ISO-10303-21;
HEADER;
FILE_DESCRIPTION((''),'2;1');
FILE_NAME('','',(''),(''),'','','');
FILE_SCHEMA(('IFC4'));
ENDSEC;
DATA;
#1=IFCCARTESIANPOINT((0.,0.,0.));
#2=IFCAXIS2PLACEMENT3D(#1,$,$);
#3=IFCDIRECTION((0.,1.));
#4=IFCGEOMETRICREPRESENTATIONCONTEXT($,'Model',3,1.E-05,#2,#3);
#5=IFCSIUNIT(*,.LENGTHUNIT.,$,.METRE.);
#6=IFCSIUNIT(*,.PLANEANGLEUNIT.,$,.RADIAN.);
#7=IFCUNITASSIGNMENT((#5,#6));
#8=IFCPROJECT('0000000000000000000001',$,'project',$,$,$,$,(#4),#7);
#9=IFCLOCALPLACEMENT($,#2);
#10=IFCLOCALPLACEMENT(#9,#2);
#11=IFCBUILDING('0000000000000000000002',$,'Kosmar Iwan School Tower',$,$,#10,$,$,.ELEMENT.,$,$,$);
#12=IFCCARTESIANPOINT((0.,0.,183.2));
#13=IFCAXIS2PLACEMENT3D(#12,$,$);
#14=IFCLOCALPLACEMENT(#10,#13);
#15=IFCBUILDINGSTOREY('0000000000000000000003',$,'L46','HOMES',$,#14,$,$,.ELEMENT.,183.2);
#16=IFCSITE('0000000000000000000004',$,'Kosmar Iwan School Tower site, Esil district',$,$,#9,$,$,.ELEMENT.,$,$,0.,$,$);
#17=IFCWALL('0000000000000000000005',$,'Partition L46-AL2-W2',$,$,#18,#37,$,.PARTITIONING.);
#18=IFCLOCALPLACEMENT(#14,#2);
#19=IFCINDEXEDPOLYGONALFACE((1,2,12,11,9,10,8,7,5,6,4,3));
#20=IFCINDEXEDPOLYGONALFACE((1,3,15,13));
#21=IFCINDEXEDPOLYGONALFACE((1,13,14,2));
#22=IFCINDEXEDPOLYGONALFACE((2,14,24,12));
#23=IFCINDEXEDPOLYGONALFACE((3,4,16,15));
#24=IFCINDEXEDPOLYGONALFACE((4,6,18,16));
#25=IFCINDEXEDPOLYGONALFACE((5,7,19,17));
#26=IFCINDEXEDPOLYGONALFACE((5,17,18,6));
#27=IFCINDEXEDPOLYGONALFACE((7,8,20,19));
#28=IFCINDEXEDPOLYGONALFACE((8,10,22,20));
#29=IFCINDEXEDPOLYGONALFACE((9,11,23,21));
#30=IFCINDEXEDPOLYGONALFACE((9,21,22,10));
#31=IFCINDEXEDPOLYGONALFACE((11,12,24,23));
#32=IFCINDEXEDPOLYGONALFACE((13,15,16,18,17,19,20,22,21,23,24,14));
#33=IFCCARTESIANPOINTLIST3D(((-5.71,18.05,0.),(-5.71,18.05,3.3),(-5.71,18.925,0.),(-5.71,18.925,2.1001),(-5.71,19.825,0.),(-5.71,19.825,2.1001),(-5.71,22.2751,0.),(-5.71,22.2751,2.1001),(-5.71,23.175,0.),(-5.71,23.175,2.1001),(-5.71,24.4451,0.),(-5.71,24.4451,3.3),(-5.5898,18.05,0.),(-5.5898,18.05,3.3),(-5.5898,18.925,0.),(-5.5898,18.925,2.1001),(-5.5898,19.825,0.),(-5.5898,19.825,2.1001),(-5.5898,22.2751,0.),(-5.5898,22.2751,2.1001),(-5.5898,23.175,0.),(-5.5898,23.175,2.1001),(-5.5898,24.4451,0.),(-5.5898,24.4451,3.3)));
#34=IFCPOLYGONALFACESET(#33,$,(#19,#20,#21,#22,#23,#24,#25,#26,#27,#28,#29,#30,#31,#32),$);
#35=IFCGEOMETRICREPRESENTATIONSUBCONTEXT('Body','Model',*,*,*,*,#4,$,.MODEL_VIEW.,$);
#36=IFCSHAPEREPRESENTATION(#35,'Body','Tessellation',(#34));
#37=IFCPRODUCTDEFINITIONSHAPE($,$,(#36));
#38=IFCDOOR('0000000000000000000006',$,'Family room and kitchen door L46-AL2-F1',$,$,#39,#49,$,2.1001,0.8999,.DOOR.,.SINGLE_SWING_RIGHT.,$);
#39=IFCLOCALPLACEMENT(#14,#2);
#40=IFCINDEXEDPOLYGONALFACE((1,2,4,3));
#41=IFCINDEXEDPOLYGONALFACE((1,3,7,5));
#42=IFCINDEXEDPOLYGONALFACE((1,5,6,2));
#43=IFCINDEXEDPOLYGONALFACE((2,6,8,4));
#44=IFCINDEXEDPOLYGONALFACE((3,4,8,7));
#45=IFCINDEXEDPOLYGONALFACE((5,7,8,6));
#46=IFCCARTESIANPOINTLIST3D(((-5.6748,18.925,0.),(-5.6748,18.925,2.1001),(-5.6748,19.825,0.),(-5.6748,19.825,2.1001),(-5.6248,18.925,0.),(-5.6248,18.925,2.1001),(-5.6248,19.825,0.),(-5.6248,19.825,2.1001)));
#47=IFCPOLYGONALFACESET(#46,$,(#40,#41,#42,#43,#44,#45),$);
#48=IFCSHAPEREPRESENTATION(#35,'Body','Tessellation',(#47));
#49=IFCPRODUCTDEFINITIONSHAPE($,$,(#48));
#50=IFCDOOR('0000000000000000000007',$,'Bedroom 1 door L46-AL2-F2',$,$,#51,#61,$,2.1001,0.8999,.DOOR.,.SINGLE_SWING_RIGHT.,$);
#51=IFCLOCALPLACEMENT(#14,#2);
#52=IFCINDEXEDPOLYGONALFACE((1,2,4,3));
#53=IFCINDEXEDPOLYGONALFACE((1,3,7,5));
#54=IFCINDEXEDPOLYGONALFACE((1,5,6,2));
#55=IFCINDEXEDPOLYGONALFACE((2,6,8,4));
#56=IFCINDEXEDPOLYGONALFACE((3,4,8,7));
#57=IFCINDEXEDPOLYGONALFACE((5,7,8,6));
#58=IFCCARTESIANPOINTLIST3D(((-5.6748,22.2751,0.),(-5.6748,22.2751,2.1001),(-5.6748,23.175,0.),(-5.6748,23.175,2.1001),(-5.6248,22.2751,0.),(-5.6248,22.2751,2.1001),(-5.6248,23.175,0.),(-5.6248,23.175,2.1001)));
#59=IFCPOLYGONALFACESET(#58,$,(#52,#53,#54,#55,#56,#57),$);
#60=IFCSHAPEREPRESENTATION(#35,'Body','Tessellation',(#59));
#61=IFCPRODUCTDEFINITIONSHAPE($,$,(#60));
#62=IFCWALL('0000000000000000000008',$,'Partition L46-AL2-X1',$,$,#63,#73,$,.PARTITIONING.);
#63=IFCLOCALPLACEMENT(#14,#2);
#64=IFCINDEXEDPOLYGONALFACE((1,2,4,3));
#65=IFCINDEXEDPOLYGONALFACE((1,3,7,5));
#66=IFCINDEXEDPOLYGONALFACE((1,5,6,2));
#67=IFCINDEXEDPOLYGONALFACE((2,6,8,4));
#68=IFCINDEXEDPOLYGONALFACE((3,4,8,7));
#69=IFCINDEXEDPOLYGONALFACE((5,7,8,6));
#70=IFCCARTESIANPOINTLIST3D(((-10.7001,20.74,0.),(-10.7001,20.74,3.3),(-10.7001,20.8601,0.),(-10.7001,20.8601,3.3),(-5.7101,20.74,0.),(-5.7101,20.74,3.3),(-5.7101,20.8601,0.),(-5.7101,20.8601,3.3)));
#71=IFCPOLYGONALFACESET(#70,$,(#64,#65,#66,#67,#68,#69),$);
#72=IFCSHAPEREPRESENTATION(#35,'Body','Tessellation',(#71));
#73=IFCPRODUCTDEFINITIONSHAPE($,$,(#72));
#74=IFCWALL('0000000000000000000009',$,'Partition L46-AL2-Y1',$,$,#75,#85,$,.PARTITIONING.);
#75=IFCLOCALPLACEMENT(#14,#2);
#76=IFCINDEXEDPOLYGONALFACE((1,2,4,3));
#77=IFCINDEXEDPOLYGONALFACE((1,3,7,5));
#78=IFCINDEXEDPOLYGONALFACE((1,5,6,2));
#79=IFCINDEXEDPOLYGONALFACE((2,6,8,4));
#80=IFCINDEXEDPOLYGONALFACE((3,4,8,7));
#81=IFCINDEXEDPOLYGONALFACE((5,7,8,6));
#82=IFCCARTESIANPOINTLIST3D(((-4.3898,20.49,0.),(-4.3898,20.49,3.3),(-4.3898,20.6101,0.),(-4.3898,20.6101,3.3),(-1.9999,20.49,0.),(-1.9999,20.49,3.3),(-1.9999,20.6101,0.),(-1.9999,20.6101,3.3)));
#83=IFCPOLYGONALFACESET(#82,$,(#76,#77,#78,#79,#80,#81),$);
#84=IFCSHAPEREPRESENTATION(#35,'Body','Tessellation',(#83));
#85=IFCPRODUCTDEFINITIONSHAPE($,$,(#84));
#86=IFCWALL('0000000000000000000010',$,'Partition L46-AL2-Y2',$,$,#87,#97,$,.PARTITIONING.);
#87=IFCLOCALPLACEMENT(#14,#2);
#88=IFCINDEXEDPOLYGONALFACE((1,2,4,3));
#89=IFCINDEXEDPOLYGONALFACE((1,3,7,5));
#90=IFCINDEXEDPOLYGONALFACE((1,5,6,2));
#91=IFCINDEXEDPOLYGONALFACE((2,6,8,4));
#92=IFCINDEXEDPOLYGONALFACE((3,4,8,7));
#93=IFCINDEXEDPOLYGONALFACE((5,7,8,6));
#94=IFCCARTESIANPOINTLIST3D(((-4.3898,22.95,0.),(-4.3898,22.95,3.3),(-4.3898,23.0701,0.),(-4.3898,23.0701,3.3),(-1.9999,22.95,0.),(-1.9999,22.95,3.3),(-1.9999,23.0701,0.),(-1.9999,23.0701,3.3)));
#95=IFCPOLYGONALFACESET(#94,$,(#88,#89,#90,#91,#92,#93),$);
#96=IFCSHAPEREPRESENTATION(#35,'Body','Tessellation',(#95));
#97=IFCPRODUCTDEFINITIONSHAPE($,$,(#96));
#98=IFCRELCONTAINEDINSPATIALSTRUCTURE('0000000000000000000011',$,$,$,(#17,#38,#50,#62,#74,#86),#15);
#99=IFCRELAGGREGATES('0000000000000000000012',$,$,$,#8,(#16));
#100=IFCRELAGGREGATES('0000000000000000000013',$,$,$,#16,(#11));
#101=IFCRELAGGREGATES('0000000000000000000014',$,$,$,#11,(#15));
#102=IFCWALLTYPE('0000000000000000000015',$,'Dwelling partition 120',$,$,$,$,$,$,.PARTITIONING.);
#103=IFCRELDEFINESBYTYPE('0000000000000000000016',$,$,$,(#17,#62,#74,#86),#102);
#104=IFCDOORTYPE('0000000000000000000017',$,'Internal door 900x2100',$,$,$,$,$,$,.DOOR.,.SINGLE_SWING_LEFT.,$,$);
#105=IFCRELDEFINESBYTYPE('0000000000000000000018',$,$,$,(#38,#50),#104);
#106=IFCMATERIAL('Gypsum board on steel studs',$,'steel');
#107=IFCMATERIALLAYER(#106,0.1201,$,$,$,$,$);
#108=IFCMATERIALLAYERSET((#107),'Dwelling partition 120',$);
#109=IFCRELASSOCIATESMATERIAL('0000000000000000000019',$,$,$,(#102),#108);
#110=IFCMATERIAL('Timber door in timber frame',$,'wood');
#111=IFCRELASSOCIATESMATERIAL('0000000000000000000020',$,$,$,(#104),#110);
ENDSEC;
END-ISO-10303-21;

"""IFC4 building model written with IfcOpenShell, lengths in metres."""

from ifc_helpers import new_model, si_unit, direction, frame, frame_2d, origin, place, context, subcontext, project, spatial, rectangle, extrude, material, layer, layer_set, type_object, element, fill, save


model = new_model("IFC4")

# Units and contexts
model_context = context("Model", 3, precision=1e-05, world=origin(), true_north=direction((0.0, 1.0)))
body_context = subcontext(model_context, "Body", "Model", "MODEL_VIEW")
ifc_project = project(units=[si_unit("LENGTHUNIT", "METRE"), si_unit("PLANEANGLEUNIT", "RADIAN")], contexts=[model_context])

# Site, building, storey
site_placement = place(None, origin())
site = spatial("IfcSite", under=ifc_project, at=site_placement, Name="Kosmar Iwan School Tower site, Esil district", CompositionType="ELEMENT", RefElevation=0.0)
building_placement = place(site_placement, origin())
building = spatial("IfcBuilding", under=site, at=building_placement, Name="Kosmar Iwan School Tower", CompositionType="ELEMENT")
storey_placement = place(building_placement, frame((0.0, 0.0, 183.2)))
storey = spatial("IfcBuildingStorey", under=building, at=storey_placement, Name="L46", Description="HOMES", CompositionType="ELEMENT", Elevation=183.2)

# Wall, openings, doors
ifc_material_1 = material(Name="Gypsum board on steel studs", Category="steel")
ifc_layer_1 = layer(ifc_material_1, 0.1201)
ifc_layer_set_1 = layer_set([ifc_layer_1], Name="Dwelling partition 120")
wall_type = type_object("IfcWallType", Name="Dwelling partition 120", PredefinedType="PARTITIONING", material=ifc_layer_set_1)
ifc_material_2 = material(Name="Timber door in timber frame", Category="wood")
door_type_1 = type_object("IfcDoorType", Name="Internal door 900x2100", OperationType="SINGLE_SWING_LEFT", PredefinedType="DOOR", material=ifc_material_2)
wall_1_placement = place(storey_placement, frame((-5.6499, 18.05, 0.0), z_axis=(0.0, 0.0, 1.0), x_axis=(0.0, 1.0, 0.0)))
wall_1 = element("IfcWall", 1, at=wall_1_placement, inside=storey, type_object=wall_type, Name="Partition L46-AL2-W2", PredefinedType="PARTITIONING", context=body_context, shape_type="SweptSolid", body=[
    extrude(rectangle(XDim=6.395, YDim=0.1201, at=frame_2d((3.1975, 0.0))), origin(), (0.0, 0.0, 1.0), 3.3),
])
opening_1_placement = place(wall_1_placement, frame((0.875, 0.0, 0.0)))
opening_1 = element("IfcOpeningElement", 2, at=opening_1_placement, cuts=wall_1, PredefinedType="OPENING", context=body_context, shape_type="SweptSolid", body=[
    extrude(rectangle(XDim=0.8999, YDim=2.1001, at=frame_2d((0.45, 1.05))), frame((0.0, 0.072, 0.0), z_axis=(0.0, -1.0, 0.0), x_axis=(1.0, 0.0, 0.0)), (0.0, 0.0, 1.0), 0.144),
])
opening_2_placement = place(wall_1_placement, frame((4.2251, 0.0, 0.0)))
opening_2 = element("IfcOpeningElement", 3, at=opening_2_placement, cuts=wall_1, PredefinedType="OPENING", context=body_context, shape_type="SweptSolid", body=[
    extrude(rectangle(XDim=0.8999, YDim=2.1001, at=frame_2d((0.45, 1.05))), frame((0.0, 0.072, 0.0), z_axis=(0.0, -1.0, 0.0), x_axis=(1.0, 0.0, 0.0)), (0.0, 0.0, 1.0), 0.144),
])
door_1_placement = place(opening_1_placement, origin())
door_1 = element("IfcDoor", 4, at=door_1_placement, inside=storey, type_object=door_type_1, Name="Family room and kitchen door L46-AL2-F1", OperationType="SINGLE_SWING_RIGHT", OverallHeight=2.1001, OverallWidth=0.8999, PredefinedType="DOOR", context=body_context, shape_type="SweptSolid", body=[
    extrude(rectangle(XDim=0.8999, YDim=2.1001, at=frame_2d((0.45, 1.05))), frame((0.0, 0.0249, 0.0), z_axis=(0.0, -1.0, 0.0), x_axis=(1.0, 0.0, 0.0)), (0.0, 0.0, 1.0), 0.05),
])
fill(opening_1, door_1)
door_2_placement = place(opening_2_placement, origin())
door_2 = element("IfcDoor", 5, at=door_2_placement, inside=storey, type_object=door_type_1, Name="Bedroom 1 door L46-AL2-F2", OperationType="SINGLE_SWING_RIGHT", OverallHeight=2.1001, OverallWidth=0.8999, PredefinedType="DOOR", context=body_context, shape_type="SweptSolid", body=[
    extrude(rectangle(XDim=0.8999, YDim=2.1001, at=frame_2d((0.45, 1.05))), frame((0.0, 0.0249, 0.0), z_axis=(0.0, -1.0, 0.0), x_axis=(1.0, 0.0, 0.0)), (0.0, 0.0, 1.0), 0.05),
])
fill(opening_2, door_2)

# Walls
wall_2_placement = place(storey_placement, frame((-5.71, 20.8, 0.0), z_axis=(0.0, 0.0, 1.0), x_axis=(-1.0, 0.0, 0.0)))
element("IfcWall", 6, at=wall_2_placement, inside=storey, type_object=wall_type, Name="Partition L46-AL2-X1", PredefinedType="PARTITIONING", context=body_context, shape_type="SweptSolid", body=[
    extrude(rectangle(XDim=4.99, YDim=0.1201, at=frame_2d((2.4951, 0.0))), origin(), (0.0, 0.0, 1.0), 3.3),
])
for number, where, z_axis, x_axis, name in (
    (7, (-2.0, 20.55, 0.0), (0.0, 0.0, 1.0), (-1.0, 0.0, 0.0), "Partition L46-AL2-Y1"),
    (8, (-2.0, 23.01, 0.0), (0.0, 0.0, 1.0), (-1.0, 0.0, 0.0), "Partition L46-AL2-Y2"),
):
    element("IfcWall", number, at=place(storey_placement, frame(where, z_axis=z_axis, x_axis=x_axis)), inside=storey, type_object=wall_type, Name=name, PredefinedType="PARTITIONING", context=body_context, shape_type="SweptSolid", body=[
        extrude(rectangle(XDim=2.3899, YDim=0.1201, at=frame_2d((1.1948, 0.0))), origin(), (0.0, 0.0, 1.0), 3.3),
    ])

save(model, "model.ifc")
